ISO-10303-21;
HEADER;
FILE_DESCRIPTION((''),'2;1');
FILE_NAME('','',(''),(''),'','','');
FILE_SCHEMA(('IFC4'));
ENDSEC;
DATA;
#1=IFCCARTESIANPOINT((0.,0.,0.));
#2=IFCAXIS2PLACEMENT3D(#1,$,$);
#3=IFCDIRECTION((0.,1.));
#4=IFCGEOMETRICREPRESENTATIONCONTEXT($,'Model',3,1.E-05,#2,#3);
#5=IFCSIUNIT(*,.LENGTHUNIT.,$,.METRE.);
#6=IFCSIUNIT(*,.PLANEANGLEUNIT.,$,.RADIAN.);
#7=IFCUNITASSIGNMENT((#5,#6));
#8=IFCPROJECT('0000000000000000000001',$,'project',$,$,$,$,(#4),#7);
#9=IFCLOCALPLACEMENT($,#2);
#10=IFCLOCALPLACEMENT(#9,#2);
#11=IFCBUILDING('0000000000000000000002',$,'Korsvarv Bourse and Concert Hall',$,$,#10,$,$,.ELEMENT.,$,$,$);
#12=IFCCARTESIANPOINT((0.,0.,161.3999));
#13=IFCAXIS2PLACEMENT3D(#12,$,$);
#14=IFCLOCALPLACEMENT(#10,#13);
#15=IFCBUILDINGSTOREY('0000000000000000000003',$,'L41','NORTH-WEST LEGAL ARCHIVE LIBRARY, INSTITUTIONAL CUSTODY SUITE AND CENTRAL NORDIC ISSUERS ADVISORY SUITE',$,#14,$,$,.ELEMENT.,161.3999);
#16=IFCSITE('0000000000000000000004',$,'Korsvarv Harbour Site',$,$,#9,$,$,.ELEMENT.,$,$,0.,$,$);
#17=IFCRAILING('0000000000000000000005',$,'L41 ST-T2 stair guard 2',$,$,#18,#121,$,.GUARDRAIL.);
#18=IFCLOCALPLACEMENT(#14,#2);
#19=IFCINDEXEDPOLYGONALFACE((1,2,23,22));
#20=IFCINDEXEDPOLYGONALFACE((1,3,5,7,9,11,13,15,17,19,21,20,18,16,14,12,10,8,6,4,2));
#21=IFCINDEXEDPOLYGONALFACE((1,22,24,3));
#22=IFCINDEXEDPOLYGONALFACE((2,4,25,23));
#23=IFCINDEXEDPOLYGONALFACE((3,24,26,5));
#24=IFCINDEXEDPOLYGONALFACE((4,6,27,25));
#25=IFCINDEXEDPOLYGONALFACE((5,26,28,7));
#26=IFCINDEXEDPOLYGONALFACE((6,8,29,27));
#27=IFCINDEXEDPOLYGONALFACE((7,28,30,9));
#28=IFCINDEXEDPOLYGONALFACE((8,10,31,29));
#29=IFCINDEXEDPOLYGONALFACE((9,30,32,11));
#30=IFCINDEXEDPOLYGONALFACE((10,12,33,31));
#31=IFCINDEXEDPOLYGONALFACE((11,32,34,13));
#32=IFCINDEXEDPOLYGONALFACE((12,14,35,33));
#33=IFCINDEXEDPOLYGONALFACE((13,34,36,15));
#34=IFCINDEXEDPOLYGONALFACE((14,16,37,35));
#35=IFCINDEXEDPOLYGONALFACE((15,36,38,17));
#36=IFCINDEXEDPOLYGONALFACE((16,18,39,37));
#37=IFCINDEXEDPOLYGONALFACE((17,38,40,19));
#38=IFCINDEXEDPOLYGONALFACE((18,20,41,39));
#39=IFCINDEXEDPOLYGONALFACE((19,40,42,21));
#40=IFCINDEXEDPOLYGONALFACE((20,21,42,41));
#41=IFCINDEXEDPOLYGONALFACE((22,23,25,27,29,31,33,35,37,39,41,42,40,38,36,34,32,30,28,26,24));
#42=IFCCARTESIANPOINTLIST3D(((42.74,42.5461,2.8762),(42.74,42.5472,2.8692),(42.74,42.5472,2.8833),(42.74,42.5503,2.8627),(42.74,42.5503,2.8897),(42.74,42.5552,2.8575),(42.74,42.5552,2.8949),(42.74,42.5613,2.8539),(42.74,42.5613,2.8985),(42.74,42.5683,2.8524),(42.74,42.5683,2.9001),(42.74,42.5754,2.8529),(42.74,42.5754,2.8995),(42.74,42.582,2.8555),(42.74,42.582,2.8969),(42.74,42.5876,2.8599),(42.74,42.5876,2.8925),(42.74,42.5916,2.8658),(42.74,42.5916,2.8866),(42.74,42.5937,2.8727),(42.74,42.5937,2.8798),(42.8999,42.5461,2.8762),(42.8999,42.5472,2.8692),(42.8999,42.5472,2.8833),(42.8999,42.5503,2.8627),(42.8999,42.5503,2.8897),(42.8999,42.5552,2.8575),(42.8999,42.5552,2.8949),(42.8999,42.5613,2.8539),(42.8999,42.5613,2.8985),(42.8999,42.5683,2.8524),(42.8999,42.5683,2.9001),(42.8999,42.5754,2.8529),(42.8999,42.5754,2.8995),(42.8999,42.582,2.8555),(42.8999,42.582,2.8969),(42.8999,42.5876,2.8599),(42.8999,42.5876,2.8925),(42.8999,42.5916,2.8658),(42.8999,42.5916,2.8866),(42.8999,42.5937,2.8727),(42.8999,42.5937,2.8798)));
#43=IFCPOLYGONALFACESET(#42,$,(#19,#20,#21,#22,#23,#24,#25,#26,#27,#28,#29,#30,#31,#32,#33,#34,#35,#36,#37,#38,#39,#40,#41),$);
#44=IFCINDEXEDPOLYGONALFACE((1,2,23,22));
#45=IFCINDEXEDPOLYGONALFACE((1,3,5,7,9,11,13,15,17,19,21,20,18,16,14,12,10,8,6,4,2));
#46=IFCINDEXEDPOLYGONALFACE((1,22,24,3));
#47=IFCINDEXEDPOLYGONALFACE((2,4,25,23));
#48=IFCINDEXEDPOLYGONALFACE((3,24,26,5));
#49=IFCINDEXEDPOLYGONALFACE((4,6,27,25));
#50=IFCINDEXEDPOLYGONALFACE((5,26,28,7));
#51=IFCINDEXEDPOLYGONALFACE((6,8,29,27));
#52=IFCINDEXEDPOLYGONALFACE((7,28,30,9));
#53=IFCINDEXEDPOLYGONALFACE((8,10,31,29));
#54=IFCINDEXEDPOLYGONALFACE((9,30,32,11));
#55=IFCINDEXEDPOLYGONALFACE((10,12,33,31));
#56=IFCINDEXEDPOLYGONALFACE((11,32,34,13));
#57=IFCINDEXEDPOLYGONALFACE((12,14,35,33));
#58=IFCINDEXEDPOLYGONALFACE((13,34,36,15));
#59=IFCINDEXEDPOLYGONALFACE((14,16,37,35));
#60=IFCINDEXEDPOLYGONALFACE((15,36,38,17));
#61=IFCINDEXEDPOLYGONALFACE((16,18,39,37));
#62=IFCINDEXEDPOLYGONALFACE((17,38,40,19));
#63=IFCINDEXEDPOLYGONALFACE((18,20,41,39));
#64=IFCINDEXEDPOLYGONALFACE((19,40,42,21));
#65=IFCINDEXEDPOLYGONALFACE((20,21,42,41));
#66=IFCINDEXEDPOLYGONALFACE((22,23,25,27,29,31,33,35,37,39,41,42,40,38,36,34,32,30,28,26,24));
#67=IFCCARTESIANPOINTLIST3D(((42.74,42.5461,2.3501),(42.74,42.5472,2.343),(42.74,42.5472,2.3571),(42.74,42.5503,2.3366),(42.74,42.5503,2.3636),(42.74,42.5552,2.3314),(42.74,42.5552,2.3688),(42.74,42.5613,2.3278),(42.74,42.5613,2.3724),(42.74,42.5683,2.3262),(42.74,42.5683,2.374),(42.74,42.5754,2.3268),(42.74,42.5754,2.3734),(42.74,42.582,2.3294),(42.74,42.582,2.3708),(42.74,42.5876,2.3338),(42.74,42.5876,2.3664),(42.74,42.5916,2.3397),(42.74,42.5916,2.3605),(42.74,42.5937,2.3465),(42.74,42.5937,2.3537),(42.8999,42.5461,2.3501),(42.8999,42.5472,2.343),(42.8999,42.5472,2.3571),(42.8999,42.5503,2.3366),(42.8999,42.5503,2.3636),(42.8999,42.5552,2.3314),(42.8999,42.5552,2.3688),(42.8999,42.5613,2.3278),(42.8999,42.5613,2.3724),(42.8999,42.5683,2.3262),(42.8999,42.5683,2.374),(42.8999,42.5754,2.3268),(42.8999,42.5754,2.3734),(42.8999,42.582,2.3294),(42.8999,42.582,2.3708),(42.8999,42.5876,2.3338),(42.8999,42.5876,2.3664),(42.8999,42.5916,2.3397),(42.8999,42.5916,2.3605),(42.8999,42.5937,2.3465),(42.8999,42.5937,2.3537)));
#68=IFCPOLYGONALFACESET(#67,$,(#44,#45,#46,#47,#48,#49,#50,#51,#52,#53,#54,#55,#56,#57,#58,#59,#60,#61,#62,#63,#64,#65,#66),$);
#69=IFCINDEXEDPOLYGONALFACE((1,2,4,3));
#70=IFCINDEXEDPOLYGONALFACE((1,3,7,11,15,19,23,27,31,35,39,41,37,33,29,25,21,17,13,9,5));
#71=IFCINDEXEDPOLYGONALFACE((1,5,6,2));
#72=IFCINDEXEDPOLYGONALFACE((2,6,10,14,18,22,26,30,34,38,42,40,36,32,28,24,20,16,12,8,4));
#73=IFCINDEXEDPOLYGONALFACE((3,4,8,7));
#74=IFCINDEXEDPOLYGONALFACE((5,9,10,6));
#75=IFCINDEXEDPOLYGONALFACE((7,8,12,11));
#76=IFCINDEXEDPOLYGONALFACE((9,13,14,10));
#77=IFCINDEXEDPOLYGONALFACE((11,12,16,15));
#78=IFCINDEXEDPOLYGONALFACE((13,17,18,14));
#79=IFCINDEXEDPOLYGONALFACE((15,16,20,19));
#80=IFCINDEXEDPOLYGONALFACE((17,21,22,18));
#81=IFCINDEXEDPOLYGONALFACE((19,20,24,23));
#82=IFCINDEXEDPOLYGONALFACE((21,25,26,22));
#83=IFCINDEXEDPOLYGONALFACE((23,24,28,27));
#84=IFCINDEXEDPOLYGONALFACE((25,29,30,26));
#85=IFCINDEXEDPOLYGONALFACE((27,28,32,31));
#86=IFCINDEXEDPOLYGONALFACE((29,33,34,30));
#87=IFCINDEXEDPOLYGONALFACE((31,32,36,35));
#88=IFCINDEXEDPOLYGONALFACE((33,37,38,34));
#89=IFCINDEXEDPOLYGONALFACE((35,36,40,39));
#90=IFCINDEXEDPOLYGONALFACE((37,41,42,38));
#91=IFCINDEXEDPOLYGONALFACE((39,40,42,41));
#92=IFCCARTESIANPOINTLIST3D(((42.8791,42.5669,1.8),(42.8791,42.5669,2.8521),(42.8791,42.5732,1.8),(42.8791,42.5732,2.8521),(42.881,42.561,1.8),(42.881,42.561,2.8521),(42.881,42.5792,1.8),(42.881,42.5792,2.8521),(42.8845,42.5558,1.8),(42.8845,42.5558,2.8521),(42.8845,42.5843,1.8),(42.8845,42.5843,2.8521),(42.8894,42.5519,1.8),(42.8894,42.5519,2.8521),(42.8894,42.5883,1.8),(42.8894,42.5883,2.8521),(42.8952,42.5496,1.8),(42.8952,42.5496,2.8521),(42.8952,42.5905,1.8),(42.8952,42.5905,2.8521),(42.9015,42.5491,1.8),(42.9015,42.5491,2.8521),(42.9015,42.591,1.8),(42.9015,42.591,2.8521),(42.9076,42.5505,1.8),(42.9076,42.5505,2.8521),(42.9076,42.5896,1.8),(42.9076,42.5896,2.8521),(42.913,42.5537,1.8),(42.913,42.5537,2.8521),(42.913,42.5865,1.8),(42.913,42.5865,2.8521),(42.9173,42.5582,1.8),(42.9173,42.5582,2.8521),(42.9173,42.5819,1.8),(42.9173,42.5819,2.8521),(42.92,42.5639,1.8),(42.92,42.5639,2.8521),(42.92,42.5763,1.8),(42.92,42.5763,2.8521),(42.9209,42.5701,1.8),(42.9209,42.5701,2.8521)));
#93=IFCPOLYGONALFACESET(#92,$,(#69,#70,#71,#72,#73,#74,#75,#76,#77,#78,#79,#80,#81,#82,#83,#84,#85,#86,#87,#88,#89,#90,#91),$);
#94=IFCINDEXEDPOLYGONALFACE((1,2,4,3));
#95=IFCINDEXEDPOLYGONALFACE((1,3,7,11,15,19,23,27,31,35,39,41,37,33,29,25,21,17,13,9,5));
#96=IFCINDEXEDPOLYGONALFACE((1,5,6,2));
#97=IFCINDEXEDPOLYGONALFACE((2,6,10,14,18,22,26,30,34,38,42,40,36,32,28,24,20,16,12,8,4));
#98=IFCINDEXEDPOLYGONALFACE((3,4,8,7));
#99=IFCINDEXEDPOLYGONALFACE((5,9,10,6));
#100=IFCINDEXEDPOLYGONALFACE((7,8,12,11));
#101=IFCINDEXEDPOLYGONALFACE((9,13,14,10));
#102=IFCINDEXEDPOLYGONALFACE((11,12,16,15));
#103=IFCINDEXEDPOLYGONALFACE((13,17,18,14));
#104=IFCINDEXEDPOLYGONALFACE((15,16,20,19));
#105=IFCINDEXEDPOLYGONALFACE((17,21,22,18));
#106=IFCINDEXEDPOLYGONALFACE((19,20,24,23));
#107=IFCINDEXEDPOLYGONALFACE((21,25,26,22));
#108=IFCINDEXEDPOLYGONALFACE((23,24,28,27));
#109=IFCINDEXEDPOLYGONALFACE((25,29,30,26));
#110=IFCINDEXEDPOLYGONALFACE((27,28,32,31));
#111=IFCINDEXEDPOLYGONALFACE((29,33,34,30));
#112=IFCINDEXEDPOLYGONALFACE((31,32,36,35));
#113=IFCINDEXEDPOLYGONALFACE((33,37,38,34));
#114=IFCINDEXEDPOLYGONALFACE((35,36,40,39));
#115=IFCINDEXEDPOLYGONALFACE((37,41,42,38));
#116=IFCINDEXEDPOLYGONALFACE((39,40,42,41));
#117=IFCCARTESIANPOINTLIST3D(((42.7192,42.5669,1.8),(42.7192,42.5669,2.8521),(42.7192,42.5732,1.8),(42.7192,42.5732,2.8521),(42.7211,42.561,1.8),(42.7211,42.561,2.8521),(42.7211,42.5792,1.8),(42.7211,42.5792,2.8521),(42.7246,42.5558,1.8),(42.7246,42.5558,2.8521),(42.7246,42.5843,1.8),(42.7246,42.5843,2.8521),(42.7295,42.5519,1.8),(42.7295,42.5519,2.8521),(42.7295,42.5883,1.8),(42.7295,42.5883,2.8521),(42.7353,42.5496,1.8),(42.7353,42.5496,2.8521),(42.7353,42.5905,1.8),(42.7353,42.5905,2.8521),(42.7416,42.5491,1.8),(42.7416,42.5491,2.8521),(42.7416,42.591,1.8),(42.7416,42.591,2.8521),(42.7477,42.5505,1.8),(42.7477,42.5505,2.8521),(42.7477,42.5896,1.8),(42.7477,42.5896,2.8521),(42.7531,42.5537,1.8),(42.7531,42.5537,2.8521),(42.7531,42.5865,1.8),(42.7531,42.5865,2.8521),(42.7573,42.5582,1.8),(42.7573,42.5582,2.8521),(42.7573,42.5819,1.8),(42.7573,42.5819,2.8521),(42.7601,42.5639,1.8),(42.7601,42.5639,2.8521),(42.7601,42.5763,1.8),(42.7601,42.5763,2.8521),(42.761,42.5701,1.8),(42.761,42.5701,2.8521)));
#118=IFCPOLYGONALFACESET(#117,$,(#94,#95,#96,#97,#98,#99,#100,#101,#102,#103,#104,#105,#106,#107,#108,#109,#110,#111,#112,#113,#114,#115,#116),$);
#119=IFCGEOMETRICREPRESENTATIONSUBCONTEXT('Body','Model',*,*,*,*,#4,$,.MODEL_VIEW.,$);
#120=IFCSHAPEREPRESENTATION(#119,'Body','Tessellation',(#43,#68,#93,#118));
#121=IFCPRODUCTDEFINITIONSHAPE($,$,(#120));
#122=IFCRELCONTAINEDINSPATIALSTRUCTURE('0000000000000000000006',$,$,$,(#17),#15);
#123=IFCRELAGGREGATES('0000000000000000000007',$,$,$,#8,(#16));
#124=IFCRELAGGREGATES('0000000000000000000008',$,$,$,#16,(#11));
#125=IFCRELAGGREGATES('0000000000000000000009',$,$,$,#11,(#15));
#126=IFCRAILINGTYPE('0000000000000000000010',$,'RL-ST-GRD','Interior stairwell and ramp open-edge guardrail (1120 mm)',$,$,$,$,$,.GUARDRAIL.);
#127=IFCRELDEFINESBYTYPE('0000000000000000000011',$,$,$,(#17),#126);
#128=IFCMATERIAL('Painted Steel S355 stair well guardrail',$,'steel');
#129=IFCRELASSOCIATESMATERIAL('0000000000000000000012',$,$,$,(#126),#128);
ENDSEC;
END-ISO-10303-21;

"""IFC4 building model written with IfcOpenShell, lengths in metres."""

from ifc_helpers import new_model, si_unit, direction, frame, origin, origin_2d, place, context, subcontext, project, spatial, circle, extrude, material, type_object, element, save


model = new_model("IFC4")

# Units and contexts
model_context = context("Model", 3, precision=1e-05, world=origin(), true_north=direction((0.0, 1.0)))
body_context = subcontext(model_context, "Body", "Model", "MODEL_VIEW")
ifc_project = project(units=[si_unit("LENGTHUNIT", "METRE"), si_unit("PLANEANGLEUNIT", "RADIAN")], contexts=[model_context])

# Site, building, storey
site_placement = place(None, origin())
site = spatial("IfcSite", under=ifc_project, at=site_placement, Name="Korsvarv Harbour Site", CompositionType="ELEMENT", RefElevation=0.0)
building_placement = place(site_placement, origin())
building = spatial("IfcBuilding", under=site, at=building_placement, Name="Korsvarv Bourse and Concert Hall", CompositionType="ELEMENT")
storey_placement = place(building_placement, frame((0.0, 0.0, 161.3999)))
storey = spatial("IfcBuildingStorey", under=building, at=storey_placement, Name="L41", Description="NORTH-WEST LEGAL ARCHIVE LIBRARY, INSTITUTIONAL CUSTODY SUITE AND CENTRAL NORDIC ISSUERS ADVISORY SUITE", CompositionType="ELEMENT", Elevation=161.3999)

# Railing
ifc_material_1 = material(Name="Painted Steel S355 stair well guardrail", Category="steel")
railing_type_1 = type_object("IfcRailingType", Name="RL-ST-GRD", Description="Interior stairwell and ramp open-edge guardrail (1120 mm)", PredefinedType="GUARDRAIL", material=ifc_material_1)
railing_1_placement = place(storey_placement, frame((42.8999, 42.5701, 1.8)))
element("IfcRailing", 1, at=railing_1_placement, inside=storey, type_object=railing_type_1, Name="L41 ST-T2 stair guard 2", PredefinedType="GUARDRAIL", context=body_context, shape_type="SweptSolid", body=[
    extrude(circle(Radius=0.0239, at=origin_2d()), frame((0.0, 0.0, 1.0762), z_axis=(-1.0, 0.0, 0.0), x_axis=(0.0, -1.0, 0.0)), (0.0, 0.0, 1.0), 0.1599),
    extrude(circle(Radius=0.0239, at=origin_2d()), frame((0.0, 0.0, 0.55), z_axis=(-1.0, 0.0, 0.0), x_axis=(0.0, -1.0, 0.0)), (0.0, 0.0, 1.0), 0.1599),
    extrude(circle(Radius=0.021, at=origin_2d()), origin(), (0.0, 0.0, 1.0), 1.052),
    extrude(circle(Radius=0.021, at=origin_2d()), frame((-0.1599, 0.0, 0.0)), (0.0, 0.0, 1.0), 1.052),
])

save(model, "model.ifc")
